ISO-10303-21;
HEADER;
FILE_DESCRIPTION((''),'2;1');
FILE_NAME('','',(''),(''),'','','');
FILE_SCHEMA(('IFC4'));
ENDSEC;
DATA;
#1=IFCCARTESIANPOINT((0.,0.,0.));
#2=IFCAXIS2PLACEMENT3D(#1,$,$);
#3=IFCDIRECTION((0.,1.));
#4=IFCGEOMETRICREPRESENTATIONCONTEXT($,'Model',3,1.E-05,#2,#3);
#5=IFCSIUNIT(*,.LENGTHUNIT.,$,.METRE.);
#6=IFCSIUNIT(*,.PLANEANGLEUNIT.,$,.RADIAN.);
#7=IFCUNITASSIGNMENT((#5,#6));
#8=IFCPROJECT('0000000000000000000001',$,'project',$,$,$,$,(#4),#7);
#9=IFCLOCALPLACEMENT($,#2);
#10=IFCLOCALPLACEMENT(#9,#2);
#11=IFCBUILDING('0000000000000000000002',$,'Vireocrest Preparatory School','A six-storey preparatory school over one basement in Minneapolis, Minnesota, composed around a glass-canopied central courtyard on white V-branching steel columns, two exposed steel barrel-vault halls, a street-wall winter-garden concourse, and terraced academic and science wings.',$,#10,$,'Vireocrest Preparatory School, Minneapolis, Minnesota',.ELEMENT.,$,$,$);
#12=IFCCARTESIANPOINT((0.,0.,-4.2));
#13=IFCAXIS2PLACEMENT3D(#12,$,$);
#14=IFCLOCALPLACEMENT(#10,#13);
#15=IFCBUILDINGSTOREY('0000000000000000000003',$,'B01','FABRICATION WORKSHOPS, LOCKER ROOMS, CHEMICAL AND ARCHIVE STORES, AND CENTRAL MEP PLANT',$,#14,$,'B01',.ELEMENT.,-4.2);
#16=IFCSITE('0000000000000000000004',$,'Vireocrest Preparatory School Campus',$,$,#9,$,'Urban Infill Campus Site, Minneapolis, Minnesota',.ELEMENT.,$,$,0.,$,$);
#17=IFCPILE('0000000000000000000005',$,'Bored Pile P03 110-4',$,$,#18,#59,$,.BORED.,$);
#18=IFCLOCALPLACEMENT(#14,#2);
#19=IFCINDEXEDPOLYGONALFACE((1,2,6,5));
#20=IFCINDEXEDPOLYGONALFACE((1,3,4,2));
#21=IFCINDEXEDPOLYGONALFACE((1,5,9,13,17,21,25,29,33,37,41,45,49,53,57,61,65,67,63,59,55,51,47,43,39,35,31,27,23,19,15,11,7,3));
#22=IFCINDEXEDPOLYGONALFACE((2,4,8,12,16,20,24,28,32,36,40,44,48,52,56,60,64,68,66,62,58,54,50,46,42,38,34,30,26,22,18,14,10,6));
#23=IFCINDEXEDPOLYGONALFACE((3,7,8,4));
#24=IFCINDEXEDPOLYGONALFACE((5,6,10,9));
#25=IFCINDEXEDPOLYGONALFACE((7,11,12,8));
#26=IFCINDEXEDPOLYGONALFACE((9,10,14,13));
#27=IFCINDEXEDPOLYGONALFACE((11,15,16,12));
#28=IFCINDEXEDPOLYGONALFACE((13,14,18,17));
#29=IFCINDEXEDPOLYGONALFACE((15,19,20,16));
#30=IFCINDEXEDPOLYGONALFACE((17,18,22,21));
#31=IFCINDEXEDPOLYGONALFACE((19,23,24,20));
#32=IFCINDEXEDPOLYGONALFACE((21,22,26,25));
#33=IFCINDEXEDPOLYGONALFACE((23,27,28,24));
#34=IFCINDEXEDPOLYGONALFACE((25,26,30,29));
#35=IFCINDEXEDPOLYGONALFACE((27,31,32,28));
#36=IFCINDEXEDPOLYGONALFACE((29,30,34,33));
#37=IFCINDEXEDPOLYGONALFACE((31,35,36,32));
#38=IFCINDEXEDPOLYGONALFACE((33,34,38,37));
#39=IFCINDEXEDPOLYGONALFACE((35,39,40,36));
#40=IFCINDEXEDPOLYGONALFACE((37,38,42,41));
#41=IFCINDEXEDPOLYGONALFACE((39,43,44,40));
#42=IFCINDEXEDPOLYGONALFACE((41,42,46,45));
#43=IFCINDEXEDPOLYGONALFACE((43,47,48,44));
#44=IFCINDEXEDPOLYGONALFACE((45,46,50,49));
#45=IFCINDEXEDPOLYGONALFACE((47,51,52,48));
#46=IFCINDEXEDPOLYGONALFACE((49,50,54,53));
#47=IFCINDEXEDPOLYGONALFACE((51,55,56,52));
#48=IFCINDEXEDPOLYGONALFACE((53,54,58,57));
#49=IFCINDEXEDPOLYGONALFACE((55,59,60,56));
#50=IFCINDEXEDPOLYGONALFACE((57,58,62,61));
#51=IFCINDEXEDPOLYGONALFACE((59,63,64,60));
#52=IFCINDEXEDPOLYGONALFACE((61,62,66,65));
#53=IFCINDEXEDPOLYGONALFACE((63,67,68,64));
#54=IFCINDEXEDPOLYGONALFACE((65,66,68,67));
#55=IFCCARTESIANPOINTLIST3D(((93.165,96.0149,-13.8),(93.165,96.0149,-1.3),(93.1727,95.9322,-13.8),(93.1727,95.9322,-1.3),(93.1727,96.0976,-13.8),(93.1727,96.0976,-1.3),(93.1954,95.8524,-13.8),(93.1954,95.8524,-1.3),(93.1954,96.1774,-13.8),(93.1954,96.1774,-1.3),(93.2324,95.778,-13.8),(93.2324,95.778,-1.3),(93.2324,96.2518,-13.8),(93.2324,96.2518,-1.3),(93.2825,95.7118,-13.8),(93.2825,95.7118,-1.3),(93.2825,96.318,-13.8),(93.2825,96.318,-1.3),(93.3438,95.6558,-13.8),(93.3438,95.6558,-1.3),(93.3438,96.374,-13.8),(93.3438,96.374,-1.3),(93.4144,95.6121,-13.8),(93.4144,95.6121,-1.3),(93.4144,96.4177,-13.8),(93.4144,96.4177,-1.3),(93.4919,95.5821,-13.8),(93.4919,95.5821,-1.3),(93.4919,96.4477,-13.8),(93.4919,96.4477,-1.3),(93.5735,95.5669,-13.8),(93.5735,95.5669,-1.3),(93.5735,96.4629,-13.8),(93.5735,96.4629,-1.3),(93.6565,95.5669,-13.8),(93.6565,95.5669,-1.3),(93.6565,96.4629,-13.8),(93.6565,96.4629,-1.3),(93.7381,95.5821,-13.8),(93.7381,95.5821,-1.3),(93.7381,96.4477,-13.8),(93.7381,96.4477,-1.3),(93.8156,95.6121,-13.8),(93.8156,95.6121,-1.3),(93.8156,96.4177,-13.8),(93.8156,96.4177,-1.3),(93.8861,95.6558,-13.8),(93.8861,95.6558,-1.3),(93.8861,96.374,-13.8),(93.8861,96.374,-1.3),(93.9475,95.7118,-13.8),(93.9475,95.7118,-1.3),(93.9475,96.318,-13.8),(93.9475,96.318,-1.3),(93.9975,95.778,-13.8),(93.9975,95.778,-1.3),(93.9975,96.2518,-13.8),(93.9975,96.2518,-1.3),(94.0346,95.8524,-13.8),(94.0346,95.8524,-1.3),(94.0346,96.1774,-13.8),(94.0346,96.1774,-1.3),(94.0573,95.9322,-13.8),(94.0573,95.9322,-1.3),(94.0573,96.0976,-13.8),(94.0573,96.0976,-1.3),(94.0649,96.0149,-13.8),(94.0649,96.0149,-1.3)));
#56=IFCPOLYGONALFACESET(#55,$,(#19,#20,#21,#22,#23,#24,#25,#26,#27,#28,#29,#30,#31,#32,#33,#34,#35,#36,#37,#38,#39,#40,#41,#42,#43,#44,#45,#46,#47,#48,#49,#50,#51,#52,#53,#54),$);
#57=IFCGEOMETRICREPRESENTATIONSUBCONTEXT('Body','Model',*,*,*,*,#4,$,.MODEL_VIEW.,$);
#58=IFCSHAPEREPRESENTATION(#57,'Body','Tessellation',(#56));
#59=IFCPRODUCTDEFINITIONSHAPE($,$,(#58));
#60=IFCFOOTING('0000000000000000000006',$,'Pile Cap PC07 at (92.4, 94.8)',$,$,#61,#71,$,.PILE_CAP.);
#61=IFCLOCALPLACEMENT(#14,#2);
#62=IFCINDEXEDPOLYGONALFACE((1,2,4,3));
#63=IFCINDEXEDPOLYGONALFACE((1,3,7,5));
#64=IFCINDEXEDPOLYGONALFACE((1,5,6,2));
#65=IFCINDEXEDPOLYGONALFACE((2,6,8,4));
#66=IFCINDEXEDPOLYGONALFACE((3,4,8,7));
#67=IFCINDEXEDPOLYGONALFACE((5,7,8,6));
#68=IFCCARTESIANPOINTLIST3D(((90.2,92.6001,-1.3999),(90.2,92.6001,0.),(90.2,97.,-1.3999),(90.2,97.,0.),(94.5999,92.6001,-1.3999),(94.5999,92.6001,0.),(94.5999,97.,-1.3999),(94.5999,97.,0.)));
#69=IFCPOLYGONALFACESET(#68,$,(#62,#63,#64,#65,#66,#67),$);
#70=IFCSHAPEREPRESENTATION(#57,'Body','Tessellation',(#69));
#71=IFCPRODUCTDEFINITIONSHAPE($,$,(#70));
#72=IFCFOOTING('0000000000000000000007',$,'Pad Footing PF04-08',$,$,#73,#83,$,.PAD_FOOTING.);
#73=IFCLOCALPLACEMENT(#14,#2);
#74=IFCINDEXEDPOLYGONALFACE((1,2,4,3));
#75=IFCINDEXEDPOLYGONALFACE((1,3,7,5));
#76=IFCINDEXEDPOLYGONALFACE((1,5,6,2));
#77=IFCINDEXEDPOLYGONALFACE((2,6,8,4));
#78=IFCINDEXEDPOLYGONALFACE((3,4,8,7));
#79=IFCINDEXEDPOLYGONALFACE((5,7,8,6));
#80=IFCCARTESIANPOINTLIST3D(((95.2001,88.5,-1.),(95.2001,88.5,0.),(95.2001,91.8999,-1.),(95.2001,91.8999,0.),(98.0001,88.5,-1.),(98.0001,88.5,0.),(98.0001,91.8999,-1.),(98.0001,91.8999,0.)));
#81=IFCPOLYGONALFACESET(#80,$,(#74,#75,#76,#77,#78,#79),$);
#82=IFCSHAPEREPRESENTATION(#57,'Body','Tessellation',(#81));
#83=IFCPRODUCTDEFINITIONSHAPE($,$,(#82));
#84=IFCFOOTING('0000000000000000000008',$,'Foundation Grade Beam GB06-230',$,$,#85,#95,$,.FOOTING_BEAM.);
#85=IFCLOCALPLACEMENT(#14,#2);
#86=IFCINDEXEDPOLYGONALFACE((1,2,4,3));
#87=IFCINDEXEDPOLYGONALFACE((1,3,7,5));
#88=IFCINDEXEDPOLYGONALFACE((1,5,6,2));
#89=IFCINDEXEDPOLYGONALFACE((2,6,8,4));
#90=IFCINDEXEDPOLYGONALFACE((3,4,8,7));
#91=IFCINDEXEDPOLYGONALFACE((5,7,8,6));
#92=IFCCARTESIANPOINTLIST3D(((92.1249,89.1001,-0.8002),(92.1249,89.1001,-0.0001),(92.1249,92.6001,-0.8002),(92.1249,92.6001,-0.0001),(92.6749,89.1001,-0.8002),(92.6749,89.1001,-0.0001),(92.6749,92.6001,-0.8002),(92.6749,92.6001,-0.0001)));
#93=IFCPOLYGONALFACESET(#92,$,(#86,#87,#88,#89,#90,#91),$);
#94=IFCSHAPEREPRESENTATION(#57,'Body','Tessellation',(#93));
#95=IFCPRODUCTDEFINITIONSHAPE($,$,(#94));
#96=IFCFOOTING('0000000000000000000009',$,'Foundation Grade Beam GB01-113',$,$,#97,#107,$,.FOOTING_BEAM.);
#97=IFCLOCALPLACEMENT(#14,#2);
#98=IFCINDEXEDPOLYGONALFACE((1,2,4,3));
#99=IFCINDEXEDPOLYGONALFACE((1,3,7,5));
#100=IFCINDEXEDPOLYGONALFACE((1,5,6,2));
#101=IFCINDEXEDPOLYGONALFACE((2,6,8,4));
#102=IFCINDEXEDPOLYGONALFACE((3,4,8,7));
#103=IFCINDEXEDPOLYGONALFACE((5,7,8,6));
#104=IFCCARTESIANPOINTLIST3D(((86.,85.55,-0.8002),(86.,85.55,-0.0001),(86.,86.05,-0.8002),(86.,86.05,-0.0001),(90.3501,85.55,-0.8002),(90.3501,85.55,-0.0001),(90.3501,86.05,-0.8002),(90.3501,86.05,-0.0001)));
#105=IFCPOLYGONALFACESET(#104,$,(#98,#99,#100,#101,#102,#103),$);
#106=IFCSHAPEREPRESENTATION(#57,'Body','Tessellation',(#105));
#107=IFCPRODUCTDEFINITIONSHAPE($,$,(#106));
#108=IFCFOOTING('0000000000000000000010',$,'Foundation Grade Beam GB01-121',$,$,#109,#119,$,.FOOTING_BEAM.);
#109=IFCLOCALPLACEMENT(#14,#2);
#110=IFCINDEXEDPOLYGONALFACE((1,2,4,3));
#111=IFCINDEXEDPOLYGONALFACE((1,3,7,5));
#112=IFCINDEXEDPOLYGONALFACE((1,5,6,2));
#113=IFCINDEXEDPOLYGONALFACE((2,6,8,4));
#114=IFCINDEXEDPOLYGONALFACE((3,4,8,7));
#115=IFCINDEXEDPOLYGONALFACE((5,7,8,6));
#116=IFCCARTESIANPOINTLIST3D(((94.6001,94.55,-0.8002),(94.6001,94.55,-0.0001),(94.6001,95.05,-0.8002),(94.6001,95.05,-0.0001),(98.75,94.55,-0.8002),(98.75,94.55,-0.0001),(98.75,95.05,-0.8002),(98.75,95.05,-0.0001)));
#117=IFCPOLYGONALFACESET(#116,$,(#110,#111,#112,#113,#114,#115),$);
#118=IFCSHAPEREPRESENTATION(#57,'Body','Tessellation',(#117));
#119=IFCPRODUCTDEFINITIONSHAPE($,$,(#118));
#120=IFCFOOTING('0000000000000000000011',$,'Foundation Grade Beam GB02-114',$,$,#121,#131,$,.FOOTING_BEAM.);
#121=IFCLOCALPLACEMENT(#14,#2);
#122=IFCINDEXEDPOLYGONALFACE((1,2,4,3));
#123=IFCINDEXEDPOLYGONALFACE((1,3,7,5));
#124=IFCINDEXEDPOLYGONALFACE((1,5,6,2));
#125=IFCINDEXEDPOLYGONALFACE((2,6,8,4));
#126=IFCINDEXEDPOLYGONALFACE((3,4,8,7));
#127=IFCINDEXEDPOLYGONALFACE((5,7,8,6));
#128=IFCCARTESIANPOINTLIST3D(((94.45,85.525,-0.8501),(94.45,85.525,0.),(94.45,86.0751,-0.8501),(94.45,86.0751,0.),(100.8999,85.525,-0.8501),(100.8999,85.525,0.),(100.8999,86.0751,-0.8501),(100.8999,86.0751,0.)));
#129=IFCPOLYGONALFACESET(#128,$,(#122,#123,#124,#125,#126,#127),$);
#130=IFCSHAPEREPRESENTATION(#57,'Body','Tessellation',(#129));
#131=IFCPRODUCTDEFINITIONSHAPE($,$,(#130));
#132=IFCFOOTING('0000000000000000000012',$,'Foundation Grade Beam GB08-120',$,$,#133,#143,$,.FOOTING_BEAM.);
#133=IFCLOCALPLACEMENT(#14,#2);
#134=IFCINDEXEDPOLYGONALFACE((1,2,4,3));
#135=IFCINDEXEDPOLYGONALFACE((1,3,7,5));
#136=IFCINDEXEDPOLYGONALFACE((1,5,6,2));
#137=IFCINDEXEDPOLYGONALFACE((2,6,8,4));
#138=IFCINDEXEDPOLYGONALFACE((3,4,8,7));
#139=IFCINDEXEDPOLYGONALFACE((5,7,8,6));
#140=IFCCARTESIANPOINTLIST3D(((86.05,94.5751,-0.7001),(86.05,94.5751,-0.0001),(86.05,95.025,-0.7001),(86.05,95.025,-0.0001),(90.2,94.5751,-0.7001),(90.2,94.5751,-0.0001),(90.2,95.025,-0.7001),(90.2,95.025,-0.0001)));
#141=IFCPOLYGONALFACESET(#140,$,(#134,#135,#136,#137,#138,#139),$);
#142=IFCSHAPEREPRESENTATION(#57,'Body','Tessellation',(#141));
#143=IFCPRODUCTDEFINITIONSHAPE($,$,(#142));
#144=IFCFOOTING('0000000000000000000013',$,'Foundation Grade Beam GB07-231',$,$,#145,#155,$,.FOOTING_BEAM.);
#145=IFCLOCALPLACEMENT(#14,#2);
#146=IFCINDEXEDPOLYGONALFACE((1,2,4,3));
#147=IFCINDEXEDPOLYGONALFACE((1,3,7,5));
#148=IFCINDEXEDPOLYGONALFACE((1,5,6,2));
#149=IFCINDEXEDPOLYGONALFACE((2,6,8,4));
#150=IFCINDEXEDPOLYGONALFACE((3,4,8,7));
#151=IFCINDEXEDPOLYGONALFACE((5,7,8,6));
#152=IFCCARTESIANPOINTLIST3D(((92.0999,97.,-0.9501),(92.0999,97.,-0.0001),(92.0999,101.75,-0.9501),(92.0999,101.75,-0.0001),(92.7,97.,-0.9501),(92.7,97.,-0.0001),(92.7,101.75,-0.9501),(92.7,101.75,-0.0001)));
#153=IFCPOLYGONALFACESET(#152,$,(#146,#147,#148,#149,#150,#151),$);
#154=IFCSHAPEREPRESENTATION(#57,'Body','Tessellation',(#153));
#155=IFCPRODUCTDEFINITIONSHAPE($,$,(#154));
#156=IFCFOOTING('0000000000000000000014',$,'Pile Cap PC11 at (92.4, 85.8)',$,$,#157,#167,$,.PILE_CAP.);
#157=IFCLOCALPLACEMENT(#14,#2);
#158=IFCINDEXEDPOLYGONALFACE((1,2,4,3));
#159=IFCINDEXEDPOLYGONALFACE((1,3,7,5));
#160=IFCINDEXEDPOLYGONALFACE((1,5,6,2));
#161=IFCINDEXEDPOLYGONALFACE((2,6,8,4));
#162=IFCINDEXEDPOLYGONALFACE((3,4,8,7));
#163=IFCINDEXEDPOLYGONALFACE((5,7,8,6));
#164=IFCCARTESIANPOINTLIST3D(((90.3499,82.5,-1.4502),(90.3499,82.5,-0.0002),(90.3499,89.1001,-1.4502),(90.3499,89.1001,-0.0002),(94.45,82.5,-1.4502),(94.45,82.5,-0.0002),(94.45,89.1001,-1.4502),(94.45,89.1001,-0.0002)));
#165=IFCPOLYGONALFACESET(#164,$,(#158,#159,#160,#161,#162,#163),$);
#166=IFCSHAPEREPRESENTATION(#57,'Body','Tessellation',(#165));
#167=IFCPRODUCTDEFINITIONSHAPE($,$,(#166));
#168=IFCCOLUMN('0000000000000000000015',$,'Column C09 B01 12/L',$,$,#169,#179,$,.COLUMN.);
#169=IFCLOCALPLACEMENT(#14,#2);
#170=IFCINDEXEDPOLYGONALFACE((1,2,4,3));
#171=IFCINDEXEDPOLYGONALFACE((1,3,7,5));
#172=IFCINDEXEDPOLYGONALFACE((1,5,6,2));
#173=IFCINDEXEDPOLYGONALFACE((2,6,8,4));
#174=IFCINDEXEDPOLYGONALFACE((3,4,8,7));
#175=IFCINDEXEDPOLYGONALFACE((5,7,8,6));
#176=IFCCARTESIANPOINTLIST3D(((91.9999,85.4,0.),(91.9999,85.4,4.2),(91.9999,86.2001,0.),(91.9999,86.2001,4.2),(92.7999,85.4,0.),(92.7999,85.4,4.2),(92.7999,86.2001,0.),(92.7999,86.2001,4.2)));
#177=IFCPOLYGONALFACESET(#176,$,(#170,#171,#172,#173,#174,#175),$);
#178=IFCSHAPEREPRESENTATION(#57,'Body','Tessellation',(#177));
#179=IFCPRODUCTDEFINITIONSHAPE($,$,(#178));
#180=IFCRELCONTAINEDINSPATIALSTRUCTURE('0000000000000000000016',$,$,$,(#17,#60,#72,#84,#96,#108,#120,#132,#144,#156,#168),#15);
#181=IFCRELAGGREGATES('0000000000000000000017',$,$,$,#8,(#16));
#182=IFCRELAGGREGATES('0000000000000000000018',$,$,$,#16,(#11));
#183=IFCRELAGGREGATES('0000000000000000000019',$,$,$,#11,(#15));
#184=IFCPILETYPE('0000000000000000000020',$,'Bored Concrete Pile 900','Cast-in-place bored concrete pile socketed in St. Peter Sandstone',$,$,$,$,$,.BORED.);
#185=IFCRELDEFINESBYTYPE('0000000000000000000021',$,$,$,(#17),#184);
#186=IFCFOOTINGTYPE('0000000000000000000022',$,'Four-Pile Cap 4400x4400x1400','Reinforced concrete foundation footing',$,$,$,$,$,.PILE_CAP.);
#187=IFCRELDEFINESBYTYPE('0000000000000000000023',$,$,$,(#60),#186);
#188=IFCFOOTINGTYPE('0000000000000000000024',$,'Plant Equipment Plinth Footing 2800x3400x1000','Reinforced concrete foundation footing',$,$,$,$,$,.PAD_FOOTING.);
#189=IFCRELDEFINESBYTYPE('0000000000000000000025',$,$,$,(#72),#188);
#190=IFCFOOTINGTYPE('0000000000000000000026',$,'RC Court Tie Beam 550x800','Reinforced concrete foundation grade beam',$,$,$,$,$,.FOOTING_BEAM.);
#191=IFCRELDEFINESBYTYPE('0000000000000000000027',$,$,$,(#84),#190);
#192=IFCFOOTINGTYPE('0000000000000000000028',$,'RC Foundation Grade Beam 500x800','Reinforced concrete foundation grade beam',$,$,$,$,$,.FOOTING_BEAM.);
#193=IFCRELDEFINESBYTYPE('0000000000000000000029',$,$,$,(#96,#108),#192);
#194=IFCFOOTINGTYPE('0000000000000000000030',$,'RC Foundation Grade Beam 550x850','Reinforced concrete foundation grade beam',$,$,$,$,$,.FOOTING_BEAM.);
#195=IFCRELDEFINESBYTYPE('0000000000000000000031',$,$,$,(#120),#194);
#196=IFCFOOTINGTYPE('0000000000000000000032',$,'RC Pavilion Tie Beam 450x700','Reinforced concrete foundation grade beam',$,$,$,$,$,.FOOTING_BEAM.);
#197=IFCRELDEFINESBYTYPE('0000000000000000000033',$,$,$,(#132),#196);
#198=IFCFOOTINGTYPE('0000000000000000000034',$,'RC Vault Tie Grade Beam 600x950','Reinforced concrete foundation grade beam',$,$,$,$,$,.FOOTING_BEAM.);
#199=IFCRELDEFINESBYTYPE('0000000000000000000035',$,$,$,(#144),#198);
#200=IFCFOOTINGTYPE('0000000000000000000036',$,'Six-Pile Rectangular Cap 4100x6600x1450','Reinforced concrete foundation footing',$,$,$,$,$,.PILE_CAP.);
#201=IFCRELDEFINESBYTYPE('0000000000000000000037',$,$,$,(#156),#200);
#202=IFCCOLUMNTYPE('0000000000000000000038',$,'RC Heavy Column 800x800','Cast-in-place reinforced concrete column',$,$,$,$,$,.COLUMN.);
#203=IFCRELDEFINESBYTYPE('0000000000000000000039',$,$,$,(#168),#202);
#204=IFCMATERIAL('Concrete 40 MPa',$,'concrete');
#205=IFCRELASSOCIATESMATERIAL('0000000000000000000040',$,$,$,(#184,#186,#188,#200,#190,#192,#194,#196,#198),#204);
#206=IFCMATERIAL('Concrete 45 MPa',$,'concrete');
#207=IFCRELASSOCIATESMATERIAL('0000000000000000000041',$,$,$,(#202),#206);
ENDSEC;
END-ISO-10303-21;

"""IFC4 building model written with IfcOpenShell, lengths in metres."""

from ifc_helpers import new_model, si_unit, direction, frame, origin, origin_2d, place, context, subcontext, project, spatial, rectangle, circle, extrude, material, material_profile, profile_set, type_object, element, save


model = new_model("IFC4")

# Units and contexts
model_context = context("Model", 3, precision=1e-05, world=origin(), true_north=direction((0.0, 1.0)))
body_context = subcontext(model_context, "Body", "Model", "MODEL_VIEW")
ifc_project = project(units=[si_unit("LENGTHUNIT", "METRE"), si_unit("PLANEANGLEUNIT", "RADIAN")], contexts=[model_context])

# Site, building, storey
site_placement = place(None, origin())
site = spatial("IfcSite", under=ifc_project, at=site_placement, Name="Vireocrest Preparatory School Campus", LongName="Urban Infill Campus Site, Minneapolis, Minnesota", CompositionType="ELEMENT", RefElevation=0.0)
building_placement = place(site_placement, origin())
building = spatial("IfcBuilding", under=site, at=building_placement, Name="Vireocrest Preparatory School", Description="A six-storey preparatory school over one basement in Minneapolis, Minnesota, composed around a glass-canopied central courtyard on white V-branching steel columns, two exposed steel barrel-vault halls, a street-wall winter-garden concourse, and terraced academic and science wings.", LongName="Vireocrest Preparatory School, Minneapolis, Minnesota", CompositionType="ELEMENT")
storey_placement = place(building_placement, frame((0.0, 0.0, -4.2)))
storey = spatial("IfcBuildingStorey", under=building, at=storey_placement, Name="B01", Description="FABRICATION WORKSHOPS, LOCKER ROOMS, CHEMICAL AND ARCHIVE STORES, AND CENTRAL MEP PLANT", LongName="B01", CompositionType="ELEMENT", Elevation=-4.2)

# Pile
ifc_material_1 = material(Name="Concrete 40 MPa", Category="concrete")
ifc_material_profile_1 = material_profile(ifc_material_1, circle(Radius=0.45, at=origin_2d()), Name="BORED PILE 900")
ifc_profile_set_1 = profile_set([ifc_material_profile_1], Name="Concrete 40 MPa")
pile_type = type_object("IfcPileType", Name="Bored Concrete Pile 900", Description="Cast-in-place bored concrete pile socketed in St. Peter Sandstone", PredefinedType="BORED", material=ifc_profile_set_1)
for number, where, z_axis, x_axis, name in (
    (1, (93.615, 96.0149, -1.3), (0.0, 0.0, -1.0), (1.0, 0.0, 0.0), "Bored Pile P03 110-4"),
):
    element("IfcPile", number, at=place(storey_placement, frame(where, z_axis=z_axis, x_axis=x_axis)), inside=storey, type_object=pile_type, Name=name, PredefinedType="BORED", context=body_context, shape_type="SweptSolid", body=[
        extrude(circle(Radius=0.45, at=origin_2d()), origin(), (0.0, 0.0, 1.0), 12.5),
    ])

# Footings
footing_type_1 = type_object("IfcFootingType", Name="Four-Pile Cap 4400x4400x1400", Description="Reinforced concrete foundation footing", PredefinedType="PILE_CAP", material=ifc_material_1)
footing_1_placement = place(storey_placement, frame((92.3999, 94.8, -1.3999), z_axis=(0.0, 0.0, 1.0), x_axis=(1.0, 0.0, 0.0)))
element("IfcFooting", 2, at=footing_1_placement, inside=storey, type_object=footing_type_1, Name="Pile Cap PC07 at (92.4, 94.8)", PredefinedType="PILE_CAP", context=body_context, shape_type="SweptSolid", body=[
    extrude(rectangle(XDim=4.3999, YDim=4.3999, at=origin_2d()), origin(), (0.0, 0.0, 1.0), 1.3999),
])
footing_type_2 = type_object("IfcFootingType", Name="Plant Equipment Plinth Footing 2800x3400x1000", Description="Reinforced concrete foundation footing", PredefinedType="PAD_FOOTING", material=ifc_material_1)
footing_2_placement = place(storey_placement, frame((96.6001, 90.2, -1.0), z_axis=(0.0, 0.0, 1.0), x_axis=(1.0, 0.0, 0.0)))
element("IfcFooting", 3, at=footing_2_placement, inside=storey, type_object=footing_type_2, Name="Pad Footing PF04-08", PredefinedType="PAD_FOOTING", context=body_context, shape_type="SweptSolid", body=[
    extrude(rectangle(XDim=2.8, YDim=3.3999, at=origin_2d()), origin(), (0.0, 0.0, 1.0), 1.0),
])
ifc_material_profile_2 = material_profile(ifc_material_1, rectangle(XDim=0.55, YDim=0.8, at=origin_2d()), Name="GB 550x800")
ifc_profile_set_2 = profile_set([ifc_material_profile_2], Name="Concrete 40 MPa")
footing_type_3 = type_object("IfcFootingType", Name="RC Court Tie Beam 550x800", Description="Reinforced concrete foundation grade beam", PredefinedType="FOOTING_BEAM", material=ifc_profile_set_2)
footing_3_placement = place(storey_placement, frame((92.3999, 89.1001, -0.4001), z_axis=(0.0, 1.0, 0.0), x_axis=(-1.0, 0.0, 0.0)))
element("IfcFooting", 4, at=footing_3_placement, inside=storey, type_object=footing_type_3, Name="Foundation Grade Beam GB06-230", PredefinedType="FOOTING_BEAM", context=body_context, shape_type="SweptSolid", body=[
    extrude(rectangle(XDim=0.55, YDim=0.8, at=origin_2d()), origin(), (0.0, 0.0, 1.0), 3.5),
])
ifc_material_profile_3 = material_profile(ifc_material_1, rectangle(XDim=0.5, YDim=0.8, at=origin_2d()), Name="GB 500x800")
ifc_profile_set_3 = profile_set([ifc_material_profile_3], Name="Concrete 40 MPa")
footing_type_4 = type_object("IfcFootingType", Name="RC Foundation Grade Beam 500x800", Description="Reinforced concrete foundation grade beam", PredefinedType="FOOTING_BEAM", material=ifc_profile_set_3)
footing_4_placement = place(storey_placement, frame((86.0, 85.8, -0.4001), z_axis=(1.0, 0.0, 0.0), x_axis=(0.0, 1.0, 0.0)))
element("IfcFooting", 5, at=footing_4_placement, inside=storey, type_object=footing_type_4, Name="Foundation Grade Beam GB01-113", PredefinedType="FOOTING_BEAM", context=body_context, shape_type="SweptSolid", body=[
    extrude(rectangle(XDim=0.5, YDim=0.8, at=origin_2d()), origin(), (0.0, 0.0, 1.0), 4.3501),
])
footing_5_placement = place(storey_placement, frame((94.6001, 94.8, -0.4001), z_axis=(1.0, 0.0, 0.0), x_axis=(0.0, 1.0, 0.0)))
element("IfcFooting", 6, at=footing_5_placement, inside=storey, type_object=footing_type_4, Name="Foundation Grade Beam GB01-121", PredefinedType="FOOTING_BEAM", context=body_context, shape_type="SweptSolid", body=[
    extrude(rectangle(XDim=0.5, YDim=0.8, at=origin_2d()), origin(), (0.0, 0.0, 1.0), 4.1499),
])
ifc_material_profile_4 = material_profile(ifc_material_1, rectangle(XDim=0.55, YDim=0.8501, at=origin_2d()), Name="GB 550x850")
ifc_profile_set_4 = profile_set([ifc_material_profile_4], Name="Concrete 40 MPa")
footing_type_5 = type_object("IfcFootingType", Name="RC Foundation Grade Beam 550x850", Description="Reinforced concrete foundation grade beam", PredefinedType="FOOTING_BEAM", material=ifc_profile_set_4)
footing_6_placement = place(storey_placement, frame((94.45, 85.8, -0.425), z_axis=(1.0, 0.0, 0.0), x_axis=(0.0, 1.0, 0.0)))
element("IfcFooting", 7, at=footing_6_placement, inside=storey, type_object=footing_type_5, Name="Foundation Grade Beam GB02-114", PredefinedType="FOOTING_BEAM", context=body_context, shape_type="SweptSolid", body=[
    extrude(rectangle(XDim=0.55, YDim=0.8501, at=origin_2d()), origin(), (0.0, 0.0, 1.0), 6.45),
])
ifc_material_profile_5 = material_profile(ifc_material_1, rectangle(XDim=0.45, YDim=0.7, at=origin_2d()), Name="GB 450x700")
ifc_profile_set_5 = profile_set([ifc_material_profile_5], Name="Concrete 40 MPa")
footing_type_6 = type_object("IfcFootingType", Name="RC Pavilion Tie Beam 450x700", Description="Reinforced concrete foundation grade beam", PredefinedType="FOOTING_BEAM", material=ifc_profile_set_5)
footing_7_placement = place(storey_placement, frame((86.05, 94.8, -0.3501), z_axis=(1.0, 0.0, 0.0), x_axis=(0.0, 1.0, 0.0)))
element("IfcFooting", 8, at=footing_7_placement, inside=storey, type_object=footing_type_6, Name="Foundation Grade Beam GB08-120", PredefinedType="FOOTING_BEAM", context=body_context, shape_type="SweptSolid", body=[
    extrude(rectangle(XDim=0.45, YDim=0.7, at=origin_2d()), origin(), (0.0, 0.0, 1.0), 4.1499),
])
ifc_material_profile_6 = material_profile(ifc_material_1, rectangle(XDim=0.6001, YDim=0.95, at=origin_2d()), Name="GB 600x950")
ifc_profile_set_6 = profile_set([ifc_material_profile_6], Name="Concrete 40 MPa")
footing_type_7 = type_object("IfcFootingType", Name="RC Vault Tie Grade Beam 600x950", Description="Reinforced concrete foundation grade beam", PredefinedType="FOOTING_BEAM", material=ifc_profile_set_6)
footing_8_placement = place(storey_placement, frame((92.3999, 97.0, -0.4751), z_axis=(0.0, 1.0, 0.0), x_axis=(-1.0, 0.0, 0.0)))
element("IfcFooting", 9, at=footing_8_placement, inside=storey, type_object=footing_type_7, Name="Foundation Grade Beam GB07-231", PredefinedType="FOOTING_BEAM", context=body_context, shape_type="SweptSolid", body=[
    extrude(rectangle(XDim=0.6001, YDim=0.95, at=origin_2d()), origin(), (0.0, 0.0, 1.0), 4.75),
])
footing_type_8 = type_object("IfcFootingType", Name="Six-Pile Rectangular Cap 4100x6600x1450", Description="Reinforced concrete foundation footing", PredefinedType="PILE_CAP", material=ifc_material_1)
footing_9_placement = place(storey_placement, frame((92.3999, 85.8, -1.4502), z_axis=(0.0, 0.0, 1.0), x_axis=(1.0, 0.0, 0.0)))
element("IfcFooting", 10, at=footing_9_placement, inside=storey, type_object=footing_type_8, Name="Pile Cap PC11 at (92.4, 85.8)", PredefinedType="PILE_CAP", context=body_context, shape_type="SweptSolid", body=[
    extrude(rectangle(XDim=4.1001, YDim=6.6001, at=origin_2d()), origin(), (0.0, 0.0, 1.0), 1.45),
])

# Column
ifc_material_2 = material(Name="Concrete 45 MPa", Category="concrete")
ifc_material_profile_7 = material_profile(ifc_material_2, rectangle(XDim=0.8, YDim=0.8, at=origin_2d()), Name="RC 800x800")
ifc_profile_set_7 = profile_set([ifc_material_profile_7], Name="Concrete 45 MPa")
column_type = type_object("IfcColumnType", Name="RC Heavy Column 800x800", Description="Cast-in-place reinforced concrete column", PredefinedType="COLUMN", material=ifc_profile_set_7)
for number, where, z_axis, x_axis, name in (
    (11, (92.3999, 85.8, 0.0), (0.0, 0.0, 1.0), (1.0, 0.0, 0.0), "Column C09 B01 12/L"),
):
    element("IfcColumn", number, at=place(storey_placement, frame(where, z_axis=z_axis, x_axis=x_axis)), inside=storey, type_object=column_type, Name=name, PredefinedType="COLUMN", context=body_context, shape_type="SweptSolid", body=[
        extrude(rectangle(XDim=0.8, YDim=0.8, at=origin_2d()), origin(), (0.0, 0.0, 1.0), 4.2),
    ])

save(model, "model.ifc")
